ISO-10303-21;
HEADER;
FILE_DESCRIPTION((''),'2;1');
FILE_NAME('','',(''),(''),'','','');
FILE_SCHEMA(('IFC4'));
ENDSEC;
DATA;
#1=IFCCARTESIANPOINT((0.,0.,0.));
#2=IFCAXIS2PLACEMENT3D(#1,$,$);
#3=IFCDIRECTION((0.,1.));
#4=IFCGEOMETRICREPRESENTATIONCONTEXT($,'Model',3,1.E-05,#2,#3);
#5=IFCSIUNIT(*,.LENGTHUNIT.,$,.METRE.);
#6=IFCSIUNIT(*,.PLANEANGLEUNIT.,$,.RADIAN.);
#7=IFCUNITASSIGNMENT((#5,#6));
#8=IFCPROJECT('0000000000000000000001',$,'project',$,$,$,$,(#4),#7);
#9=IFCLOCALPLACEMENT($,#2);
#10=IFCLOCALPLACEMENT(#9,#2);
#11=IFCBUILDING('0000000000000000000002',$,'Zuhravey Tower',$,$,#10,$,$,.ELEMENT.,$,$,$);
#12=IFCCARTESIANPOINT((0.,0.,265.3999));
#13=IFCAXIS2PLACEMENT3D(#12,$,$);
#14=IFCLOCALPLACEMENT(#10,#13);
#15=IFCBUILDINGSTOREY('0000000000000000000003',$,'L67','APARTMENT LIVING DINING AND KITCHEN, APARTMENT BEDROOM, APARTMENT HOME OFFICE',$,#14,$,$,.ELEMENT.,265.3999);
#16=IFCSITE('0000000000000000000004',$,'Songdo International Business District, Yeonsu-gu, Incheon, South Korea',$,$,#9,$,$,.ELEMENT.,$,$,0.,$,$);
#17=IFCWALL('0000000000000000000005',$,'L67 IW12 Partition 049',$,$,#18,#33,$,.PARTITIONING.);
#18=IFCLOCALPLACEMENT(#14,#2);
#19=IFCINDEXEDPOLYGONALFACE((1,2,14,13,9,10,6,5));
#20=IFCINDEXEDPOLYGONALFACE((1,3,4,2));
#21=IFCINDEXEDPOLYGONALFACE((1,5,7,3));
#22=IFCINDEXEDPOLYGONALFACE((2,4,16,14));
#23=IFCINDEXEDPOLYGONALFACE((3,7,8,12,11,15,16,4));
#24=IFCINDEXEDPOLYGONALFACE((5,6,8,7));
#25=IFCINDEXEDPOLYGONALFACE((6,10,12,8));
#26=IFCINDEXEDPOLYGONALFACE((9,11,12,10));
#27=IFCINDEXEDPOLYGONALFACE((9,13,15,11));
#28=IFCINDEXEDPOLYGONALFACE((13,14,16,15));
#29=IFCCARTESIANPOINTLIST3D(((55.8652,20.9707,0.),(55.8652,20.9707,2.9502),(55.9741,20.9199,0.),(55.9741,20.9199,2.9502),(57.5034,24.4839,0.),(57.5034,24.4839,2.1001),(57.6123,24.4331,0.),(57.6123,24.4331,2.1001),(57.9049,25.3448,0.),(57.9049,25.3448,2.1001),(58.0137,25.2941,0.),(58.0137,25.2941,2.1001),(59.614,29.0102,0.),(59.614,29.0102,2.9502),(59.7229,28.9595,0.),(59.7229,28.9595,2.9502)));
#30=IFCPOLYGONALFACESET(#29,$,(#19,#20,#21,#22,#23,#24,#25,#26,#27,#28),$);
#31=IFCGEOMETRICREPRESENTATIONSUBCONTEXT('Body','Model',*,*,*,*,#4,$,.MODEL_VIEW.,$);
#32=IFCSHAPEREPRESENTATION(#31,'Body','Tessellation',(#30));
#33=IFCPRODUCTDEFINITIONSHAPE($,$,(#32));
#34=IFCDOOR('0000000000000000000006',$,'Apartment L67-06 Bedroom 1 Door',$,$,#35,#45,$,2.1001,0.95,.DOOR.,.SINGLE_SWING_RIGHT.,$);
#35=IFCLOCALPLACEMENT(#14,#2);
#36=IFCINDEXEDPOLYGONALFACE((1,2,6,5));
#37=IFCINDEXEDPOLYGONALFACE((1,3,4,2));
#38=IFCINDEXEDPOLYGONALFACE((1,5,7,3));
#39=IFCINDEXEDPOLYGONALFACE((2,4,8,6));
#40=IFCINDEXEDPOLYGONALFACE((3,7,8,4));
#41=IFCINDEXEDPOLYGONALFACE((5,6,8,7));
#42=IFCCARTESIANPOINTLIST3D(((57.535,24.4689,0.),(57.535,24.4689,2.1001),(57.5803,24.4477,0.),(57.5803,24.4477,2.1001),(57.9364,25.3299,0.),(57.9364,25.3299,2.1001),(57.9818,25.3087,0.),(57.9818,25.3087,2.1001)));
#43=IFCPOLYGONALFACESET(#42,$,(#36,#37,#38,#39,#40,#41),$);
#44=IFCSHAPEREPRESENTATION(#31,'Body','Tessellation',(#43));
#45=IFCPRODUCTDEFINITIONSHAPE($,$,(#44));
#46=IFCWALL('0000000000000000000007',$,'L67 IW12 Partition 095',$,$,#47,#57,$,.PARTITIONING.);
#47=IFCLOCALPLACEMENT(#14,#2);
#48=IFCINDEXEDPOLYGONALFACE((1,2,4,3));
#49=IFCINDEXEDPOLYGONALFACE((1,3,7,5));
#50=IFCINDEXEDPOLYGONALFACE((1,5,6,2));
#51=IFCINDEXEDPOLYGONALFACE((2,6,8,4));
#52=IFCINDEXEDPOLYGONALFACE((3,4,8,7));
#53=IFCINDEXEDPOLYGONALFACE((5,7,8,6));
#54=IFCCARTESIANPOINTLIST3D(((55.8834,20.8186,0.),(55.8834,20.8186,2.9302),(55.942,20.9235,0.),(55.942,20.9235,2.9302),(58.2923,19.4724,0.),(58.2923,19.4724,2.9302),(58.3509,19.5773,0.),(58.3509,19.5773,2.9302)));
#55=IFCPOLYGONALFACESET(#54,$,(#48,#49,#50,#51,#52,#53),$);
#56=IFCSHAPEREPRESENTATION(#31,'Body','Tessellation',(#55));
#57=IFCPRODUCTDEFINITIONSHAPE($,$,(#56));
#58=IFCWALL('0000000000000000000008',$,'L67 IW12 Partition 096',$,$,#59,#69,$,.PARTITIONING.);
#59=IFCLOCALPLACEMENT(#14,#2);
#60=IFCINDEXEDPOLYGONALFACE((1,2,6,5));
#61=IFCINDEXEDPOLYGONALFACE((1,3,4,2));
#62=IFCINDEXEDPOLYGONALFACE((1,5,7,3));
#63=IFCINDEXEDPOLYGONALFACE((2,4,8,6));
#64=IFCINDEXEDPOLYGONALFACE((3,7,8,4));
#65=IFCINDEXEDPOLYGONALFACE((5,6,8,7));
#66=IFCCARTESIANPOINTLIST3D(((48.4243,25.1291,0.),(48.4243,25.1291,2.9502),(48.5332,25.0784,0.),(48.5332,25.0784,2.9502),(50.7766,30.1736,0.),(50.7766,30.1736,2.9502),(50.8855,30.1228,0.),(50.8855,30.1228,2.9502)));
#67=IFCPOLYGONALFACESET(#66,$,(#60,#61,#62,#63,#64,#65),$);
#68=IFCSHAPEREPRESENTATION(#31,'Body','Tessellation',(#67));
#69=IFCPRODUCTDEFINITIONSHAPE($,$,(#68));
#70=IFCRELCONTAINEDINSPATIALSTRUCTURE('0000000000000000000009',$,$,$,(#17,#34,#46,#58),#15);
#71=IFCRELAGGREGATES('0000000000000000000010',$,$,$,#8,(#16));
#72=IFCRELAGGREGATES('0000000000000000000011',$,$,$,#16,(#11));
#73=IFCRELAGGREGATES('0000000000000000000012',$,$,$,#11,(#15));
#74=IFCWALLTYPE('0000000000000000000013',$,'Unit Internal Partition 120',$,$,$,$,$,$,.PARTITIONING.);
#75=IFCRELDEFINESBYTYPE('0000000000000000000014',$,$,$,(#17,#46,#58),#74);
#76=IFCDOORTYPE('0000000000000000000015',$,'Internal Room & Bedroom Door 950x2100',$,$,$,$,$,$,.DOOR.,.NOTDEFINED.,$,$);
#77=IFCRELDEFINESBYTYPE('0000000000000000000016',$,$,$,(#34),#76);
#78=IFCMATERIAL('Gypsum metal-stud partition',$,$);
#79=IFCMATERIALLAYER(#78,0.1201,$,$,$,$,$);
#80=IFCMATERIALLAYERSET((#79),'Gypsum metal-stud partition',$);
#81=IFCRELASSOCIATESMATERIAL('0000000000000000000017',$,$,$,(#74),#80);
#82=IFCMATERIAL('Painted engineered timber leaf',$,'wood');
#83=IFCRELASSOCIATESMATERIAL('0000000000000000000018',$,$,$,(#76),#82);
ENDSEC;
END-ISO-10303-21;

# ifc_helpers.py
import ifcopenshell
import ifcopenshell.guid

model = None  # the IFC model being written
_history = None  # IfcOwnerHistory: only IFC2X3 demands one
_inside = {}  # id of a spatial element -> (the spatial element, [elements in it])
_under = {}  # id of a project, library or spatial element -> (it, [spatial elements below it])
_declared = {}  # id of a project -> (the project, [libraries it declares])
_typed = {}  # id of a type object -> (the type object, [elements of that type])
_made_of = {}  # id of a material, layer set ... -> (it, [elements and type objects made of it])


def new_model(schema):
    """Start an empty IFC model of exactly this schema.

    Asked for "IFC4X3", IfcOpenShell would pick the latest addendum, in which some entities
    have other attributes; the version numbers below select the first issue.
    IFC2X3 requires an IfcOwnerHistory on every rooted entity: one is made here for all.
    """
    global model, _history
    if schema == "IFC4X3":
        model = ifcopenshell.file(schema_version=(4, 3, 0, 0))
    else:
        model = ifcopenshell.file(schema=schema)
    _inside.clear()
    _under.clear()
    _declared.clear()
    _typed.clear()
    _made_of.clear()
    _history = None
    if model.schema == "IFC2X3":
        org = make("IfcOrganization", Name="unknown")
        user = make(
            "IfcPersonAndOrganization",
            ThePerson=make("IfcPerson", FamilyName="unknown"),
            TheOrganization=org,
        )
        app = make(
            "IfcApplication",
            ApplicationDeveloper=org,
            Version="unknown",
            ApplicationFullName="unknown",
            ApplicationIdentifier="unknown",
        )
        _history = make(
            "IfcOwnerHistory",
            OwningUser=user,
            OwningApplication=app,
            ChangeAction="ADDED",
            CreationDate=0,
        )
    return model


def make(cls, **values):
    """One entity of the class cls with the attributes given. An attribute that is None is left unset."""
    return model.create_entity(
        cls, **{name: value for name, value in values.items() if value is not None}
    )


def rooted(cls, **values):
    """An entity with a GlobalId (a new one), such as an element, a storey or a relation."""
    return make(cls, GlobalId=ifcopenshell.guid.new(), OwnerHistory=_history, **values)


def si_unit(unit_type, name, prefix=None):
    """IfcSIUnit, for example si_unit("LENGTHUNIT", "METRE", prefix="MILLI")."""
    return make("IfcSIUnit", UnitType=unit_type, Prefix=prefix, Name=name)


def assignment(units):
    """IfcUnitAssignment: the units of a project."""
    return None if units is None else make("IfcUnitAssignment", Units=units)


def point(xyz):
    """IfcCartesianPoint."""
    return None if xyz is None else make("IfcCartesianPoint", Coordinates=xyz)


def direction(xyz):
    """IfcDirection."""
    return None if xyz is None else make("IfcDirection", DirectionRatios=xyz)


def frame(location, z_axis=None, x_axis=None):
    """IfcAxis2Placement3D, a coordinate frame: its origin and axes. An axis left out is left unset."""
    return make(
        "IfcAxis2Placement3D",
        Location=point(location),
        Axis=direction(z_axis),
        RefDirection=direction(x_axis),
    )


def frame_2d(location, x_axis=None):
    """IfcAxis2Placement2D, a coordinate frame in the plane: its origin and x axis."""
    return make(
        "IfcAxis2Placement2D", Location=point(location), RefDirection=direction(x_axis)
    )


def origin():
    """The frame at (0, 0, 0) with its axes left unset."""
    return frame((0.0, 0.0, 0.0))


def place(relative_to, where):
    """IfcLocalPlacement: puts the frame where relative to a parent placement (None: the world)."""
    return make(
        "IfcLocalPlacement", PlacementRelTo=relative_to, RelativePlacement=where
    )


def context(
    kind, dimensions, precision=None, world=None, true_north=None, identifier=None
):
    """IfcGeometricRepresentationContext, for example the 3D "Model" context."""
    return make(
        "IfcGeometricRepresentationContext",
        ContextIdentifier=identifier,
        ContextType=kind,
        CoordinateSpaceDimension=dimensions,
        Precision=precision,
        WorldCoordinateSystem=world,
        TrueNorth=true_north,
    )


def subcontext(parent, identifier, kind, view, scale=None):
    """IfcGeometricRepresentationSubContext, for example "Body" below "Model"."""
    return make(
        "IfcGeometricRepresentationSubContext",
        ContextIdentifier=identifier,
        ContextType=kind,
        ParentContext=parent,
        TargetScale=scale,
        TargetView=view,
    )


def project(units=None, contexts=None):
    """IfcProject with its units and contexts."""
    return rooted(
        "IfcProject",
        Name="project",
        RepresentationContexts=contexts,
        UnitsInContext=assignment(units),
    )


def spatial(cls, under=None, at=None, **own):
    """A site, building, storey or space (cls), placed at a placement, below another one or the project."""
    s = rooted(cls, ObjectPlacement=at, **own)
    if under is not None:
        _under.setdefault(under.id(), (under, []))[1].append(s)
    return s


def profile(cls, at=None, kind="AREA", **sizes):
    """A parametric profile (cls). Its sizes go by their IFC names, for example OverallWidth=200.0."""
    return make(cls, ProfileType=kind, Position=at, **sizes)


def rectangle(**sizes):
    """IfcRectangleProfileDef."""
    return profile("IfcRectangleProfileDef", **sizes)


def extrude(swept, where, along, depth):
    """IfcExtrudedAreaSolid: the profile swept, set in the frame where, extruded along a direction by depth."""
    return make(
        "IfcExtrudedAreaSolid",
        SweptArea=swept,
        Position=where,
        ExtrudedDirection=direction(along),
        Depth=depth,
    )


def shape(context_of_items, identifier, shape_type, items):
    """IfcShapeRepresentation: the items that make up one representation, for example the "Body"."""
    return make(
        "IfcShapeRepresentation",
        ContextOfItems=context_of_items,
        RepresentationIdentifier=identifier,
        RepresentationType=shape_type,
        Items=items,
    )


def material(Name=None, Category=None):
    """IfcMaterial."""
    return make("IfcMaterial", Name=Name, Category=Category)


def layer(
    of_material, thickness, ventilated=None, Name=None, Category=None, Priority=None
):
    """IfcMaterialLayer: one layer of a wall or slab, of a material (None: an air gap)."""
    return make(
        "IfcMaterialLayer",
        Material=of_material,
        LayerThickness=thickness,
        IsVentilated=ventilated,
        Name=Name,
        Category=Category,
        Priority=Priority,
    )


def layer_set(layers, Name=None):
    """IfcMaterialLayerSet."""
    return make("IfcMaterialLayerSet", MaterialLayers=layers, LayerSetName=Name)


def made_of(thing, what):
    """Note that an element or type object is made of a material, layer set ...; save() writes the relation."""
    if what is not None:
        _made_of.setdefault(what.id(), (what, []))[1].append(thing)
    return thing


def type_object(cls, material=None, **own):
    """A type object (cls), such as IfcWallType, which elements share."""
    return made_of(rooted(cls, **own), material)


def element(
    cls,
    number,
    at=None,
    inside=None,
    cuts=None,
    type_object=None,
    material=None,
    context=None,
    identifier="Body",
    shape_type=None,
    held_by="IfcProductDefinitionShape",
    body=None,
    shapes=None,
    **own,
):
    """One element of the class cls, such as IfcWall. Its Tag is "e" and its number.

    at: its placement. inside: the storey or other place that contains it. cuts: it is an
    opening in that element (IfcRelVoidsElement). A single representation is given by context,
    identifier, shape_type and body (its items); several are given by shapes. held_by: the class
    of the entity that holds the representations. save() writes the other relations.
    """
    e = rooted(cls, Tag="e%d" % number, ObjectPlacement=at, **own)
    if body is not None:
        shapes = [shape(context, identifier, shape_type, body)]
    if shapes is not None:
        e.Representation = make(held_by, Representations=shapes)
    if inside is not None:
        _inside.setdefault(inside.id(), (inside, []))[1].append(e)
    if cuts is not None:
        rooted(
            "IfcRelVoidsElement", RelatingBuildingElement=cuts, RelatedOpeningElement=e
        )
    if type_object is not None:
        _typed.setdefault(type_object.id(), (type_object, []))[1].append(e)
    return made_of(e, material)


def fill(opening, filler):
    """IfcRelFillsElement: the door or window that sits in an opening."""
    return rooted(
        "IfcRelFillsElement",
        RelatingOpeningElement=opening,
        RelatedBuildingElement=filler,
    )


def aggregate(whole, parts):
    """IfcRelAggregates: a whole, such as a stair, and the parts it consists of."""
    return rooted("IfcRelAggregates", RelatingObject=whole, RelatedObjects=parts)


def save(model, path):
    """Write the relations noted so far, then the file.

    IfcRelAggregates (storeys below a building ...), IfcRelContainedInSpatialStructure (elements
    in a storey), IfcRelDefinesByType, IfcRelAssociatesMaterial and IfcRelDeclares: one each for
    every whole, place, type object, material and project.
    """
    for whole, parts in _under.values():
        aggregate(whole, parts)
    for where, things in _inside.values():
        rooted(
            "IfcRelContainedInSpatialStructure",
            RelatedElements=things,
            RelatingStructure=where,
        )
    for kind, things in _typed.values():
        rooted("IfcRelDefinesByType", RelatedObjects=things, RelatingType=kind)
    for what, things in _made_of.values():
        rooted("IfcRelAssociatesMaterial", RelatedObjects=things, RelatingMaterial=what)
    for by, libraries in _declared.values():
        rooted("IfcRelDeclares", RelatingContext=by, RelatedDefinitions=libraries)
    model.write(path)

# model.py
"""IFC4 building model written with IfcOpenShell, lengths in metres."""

from ifc_helpers import new_model, si_unit, direction, frame, frame_2d, origin, place, context, subcontext, project, spatial, rectangle, extrude, material, layer, layer_set, type_object, element, fill, save


model = new_model("IFC4")

# Units and contexts
model_context = context("Model", 3, precision=1e-05, world=origin(), true_north=direction((0.0, 1.0)))
body_context = subcontext(model_context, "Body", "Model", "MODEL_VIEW")
ifc_project = project(units=[si_unit("LENGTHUNIT", "METRE"), si_unit("PLANEANGLEUNIT", "RADIAN")], contexts=[model_context])

# Site, building, storey
site_placement = place(None, origin())
site = spatial("IfcSite", under=ifc_project, at=site_placement, Name="Songdo International Business District, Yeonsu-gu, Incheon, South Korea", CompositionType="ELEMENT", RefElevation=0.0)
building_placement = place(site_placement, origin())
building = spatial("IfcBuilding", under=site, at=building_placement, Name="Zuhravey Tower", CompositionType="ELEMENT")
storey_placement = place(building_placement, frame((0.0, 0.0, 265.3999)))
storey = spatial("IfcBuildingStorey", under=building, at=storey_placement, Name="L67", Description="APARTMENT LIVING DINING AND KITCHEN, APARTMENT BEDROOM, APARTMENT HOME OFFICE", CompositionType="ELEMENT", Elevation=265.3999)

# Wall, opening, door
ifc_material_1 = material(Name="Gypsum metal-stud partition")
ifc_layer_1 = layer(ifc_material_1, 0.1201)
ifc_layer_set_1 = layer_set([ifc_layer_1], Name="Gypsum metal-stud partition")
wall_type_1 = type_object("IfcWallType", Name="Unit Internal Partition 120", PredefinedType="PARTITIONING", material=ifc_layer_set_1)
ifc_material_2 = material(Name="Painted engineered timber leaf", Category="wood")
door_type_1 = type_object("IfcDoorType", Name="Internal Room & Bedroom Door 950x2100", OperationType="NOTDEFINED", PredefinedType="DOOR", material=ifc_material_2)
wall_1_placement = place(storey_placement, frame((55.9197, 20.9453, 0.0), z_axis=(0.0, 0.0, 1.0), x_axis=(0.422607, 0.906313, 0.0)))
wall_1 = element("IfcWall", 1, at=wall_1_placement, inside=storey, type_object=wall_type_1, Name="L67 IW12 Partition 049", PredefinedType="PARTITIONING", context=body_context, shape_type="SweptSolid", body=[
    extrude(rectangle(XDim=8.8706, YDim=0.1201, at=frame_2d((4.4353, 0.0))), origin(), (0.0, 0.0, 1.0), 2.9502),
])
opening_1_placement = place(wall_1_placement, frame((3.8762, 0.0, 0.0)))
opening_1 = element("IfcOpeningElement", 2, at=opening_1_placement, cuts=wall_1, PredefinedType="OPENING", context=body_context, shape_type="SweptSolid", body=[
    extrude(rectangle(XDim=0.95, YDim=2.1001, at=frame_2d((0.4751, 1.05))), frame((0.0, 0.072, 0.0), z_axis=(0.0, -1.0, 0.0), x_axis=(1.0, 0.0, 0.0)), (0.0, 0.0, 1.0), 0.144),
])
door_1_placement = place(opening_1_placement, frame((0.95, 0.0, 0.0), z_axis=(0.0, 0.0, 1.0), x_axis=(-1.0, 0.0, 0.0)))
door_1 = element("IfcDoor", 3, at=door_1_placement, inside=storey, type_object=door_type_1, Name="Apartment L67-06 Bedroom 1 Door", OperationType="SINGLE_SWING_RIGHT", OverallHeight=2.1001, OverallWidth=0.95, PredefinedType="DOOR", context=body_context, shape_type="SweptSolid", body=[
    extrude(rectangle(XDim=0.95, YDim=2.1001, at=frame_2d((0.4751, 1.05))), frame((0.0, 0.0249, 0.0), z_axis=(0.0, -1.0, 0.0), x_axis=(1.0, 0.0, 0.0)), (0.0, 0.0, 1.0), 0.05),
])
fill(opening_1, door_1)

# Walls
wall_2_placement = place(storey_placement, frame((55.9126, 20.8711, 0.0), z_axis=(0.0, 0.0, 1.0), x_axis=(0.87294, -0.487827, 0.0)))
element("IfcWall", 4, at=wall_2_placement, inside=storey, type_object=wall_type_1, Name="L67 IW12 Partition 095", PredefinedType="PARTITIONING", context=body_context, shape_type="SweptSolid", body=[
    extrude(rectangle(XDim=2.7595, YDim=0.1201, at=frame_2d((1.3799, 0.0))), origin(), (0.0, 0.0, 1.0), 2.9302),
])
wall_3_placement = place(storey_placement, frame((48.4788, 25.1038, 0.0), z_axis=(0.0, 0.0, 1.0), x_axis=(0.422624, 0.906305, 0.0)))
element("IfcWall", 5, at=wall_3_placement, inside=storey, type_object=wall_type_1, Name="L67 IW12 Partition 096", PredefinedType="PARTITIONING", context=body_context, shape_type="SweptSolid", body=[
    extrude(rectangle(XDim=5.5659, YDim=0.1201, at=frame_2d((2.783, 0.0))), origin(), (0.0, 0.0, 1.0), 2.9502),
])

save(model, "model.ifc")
